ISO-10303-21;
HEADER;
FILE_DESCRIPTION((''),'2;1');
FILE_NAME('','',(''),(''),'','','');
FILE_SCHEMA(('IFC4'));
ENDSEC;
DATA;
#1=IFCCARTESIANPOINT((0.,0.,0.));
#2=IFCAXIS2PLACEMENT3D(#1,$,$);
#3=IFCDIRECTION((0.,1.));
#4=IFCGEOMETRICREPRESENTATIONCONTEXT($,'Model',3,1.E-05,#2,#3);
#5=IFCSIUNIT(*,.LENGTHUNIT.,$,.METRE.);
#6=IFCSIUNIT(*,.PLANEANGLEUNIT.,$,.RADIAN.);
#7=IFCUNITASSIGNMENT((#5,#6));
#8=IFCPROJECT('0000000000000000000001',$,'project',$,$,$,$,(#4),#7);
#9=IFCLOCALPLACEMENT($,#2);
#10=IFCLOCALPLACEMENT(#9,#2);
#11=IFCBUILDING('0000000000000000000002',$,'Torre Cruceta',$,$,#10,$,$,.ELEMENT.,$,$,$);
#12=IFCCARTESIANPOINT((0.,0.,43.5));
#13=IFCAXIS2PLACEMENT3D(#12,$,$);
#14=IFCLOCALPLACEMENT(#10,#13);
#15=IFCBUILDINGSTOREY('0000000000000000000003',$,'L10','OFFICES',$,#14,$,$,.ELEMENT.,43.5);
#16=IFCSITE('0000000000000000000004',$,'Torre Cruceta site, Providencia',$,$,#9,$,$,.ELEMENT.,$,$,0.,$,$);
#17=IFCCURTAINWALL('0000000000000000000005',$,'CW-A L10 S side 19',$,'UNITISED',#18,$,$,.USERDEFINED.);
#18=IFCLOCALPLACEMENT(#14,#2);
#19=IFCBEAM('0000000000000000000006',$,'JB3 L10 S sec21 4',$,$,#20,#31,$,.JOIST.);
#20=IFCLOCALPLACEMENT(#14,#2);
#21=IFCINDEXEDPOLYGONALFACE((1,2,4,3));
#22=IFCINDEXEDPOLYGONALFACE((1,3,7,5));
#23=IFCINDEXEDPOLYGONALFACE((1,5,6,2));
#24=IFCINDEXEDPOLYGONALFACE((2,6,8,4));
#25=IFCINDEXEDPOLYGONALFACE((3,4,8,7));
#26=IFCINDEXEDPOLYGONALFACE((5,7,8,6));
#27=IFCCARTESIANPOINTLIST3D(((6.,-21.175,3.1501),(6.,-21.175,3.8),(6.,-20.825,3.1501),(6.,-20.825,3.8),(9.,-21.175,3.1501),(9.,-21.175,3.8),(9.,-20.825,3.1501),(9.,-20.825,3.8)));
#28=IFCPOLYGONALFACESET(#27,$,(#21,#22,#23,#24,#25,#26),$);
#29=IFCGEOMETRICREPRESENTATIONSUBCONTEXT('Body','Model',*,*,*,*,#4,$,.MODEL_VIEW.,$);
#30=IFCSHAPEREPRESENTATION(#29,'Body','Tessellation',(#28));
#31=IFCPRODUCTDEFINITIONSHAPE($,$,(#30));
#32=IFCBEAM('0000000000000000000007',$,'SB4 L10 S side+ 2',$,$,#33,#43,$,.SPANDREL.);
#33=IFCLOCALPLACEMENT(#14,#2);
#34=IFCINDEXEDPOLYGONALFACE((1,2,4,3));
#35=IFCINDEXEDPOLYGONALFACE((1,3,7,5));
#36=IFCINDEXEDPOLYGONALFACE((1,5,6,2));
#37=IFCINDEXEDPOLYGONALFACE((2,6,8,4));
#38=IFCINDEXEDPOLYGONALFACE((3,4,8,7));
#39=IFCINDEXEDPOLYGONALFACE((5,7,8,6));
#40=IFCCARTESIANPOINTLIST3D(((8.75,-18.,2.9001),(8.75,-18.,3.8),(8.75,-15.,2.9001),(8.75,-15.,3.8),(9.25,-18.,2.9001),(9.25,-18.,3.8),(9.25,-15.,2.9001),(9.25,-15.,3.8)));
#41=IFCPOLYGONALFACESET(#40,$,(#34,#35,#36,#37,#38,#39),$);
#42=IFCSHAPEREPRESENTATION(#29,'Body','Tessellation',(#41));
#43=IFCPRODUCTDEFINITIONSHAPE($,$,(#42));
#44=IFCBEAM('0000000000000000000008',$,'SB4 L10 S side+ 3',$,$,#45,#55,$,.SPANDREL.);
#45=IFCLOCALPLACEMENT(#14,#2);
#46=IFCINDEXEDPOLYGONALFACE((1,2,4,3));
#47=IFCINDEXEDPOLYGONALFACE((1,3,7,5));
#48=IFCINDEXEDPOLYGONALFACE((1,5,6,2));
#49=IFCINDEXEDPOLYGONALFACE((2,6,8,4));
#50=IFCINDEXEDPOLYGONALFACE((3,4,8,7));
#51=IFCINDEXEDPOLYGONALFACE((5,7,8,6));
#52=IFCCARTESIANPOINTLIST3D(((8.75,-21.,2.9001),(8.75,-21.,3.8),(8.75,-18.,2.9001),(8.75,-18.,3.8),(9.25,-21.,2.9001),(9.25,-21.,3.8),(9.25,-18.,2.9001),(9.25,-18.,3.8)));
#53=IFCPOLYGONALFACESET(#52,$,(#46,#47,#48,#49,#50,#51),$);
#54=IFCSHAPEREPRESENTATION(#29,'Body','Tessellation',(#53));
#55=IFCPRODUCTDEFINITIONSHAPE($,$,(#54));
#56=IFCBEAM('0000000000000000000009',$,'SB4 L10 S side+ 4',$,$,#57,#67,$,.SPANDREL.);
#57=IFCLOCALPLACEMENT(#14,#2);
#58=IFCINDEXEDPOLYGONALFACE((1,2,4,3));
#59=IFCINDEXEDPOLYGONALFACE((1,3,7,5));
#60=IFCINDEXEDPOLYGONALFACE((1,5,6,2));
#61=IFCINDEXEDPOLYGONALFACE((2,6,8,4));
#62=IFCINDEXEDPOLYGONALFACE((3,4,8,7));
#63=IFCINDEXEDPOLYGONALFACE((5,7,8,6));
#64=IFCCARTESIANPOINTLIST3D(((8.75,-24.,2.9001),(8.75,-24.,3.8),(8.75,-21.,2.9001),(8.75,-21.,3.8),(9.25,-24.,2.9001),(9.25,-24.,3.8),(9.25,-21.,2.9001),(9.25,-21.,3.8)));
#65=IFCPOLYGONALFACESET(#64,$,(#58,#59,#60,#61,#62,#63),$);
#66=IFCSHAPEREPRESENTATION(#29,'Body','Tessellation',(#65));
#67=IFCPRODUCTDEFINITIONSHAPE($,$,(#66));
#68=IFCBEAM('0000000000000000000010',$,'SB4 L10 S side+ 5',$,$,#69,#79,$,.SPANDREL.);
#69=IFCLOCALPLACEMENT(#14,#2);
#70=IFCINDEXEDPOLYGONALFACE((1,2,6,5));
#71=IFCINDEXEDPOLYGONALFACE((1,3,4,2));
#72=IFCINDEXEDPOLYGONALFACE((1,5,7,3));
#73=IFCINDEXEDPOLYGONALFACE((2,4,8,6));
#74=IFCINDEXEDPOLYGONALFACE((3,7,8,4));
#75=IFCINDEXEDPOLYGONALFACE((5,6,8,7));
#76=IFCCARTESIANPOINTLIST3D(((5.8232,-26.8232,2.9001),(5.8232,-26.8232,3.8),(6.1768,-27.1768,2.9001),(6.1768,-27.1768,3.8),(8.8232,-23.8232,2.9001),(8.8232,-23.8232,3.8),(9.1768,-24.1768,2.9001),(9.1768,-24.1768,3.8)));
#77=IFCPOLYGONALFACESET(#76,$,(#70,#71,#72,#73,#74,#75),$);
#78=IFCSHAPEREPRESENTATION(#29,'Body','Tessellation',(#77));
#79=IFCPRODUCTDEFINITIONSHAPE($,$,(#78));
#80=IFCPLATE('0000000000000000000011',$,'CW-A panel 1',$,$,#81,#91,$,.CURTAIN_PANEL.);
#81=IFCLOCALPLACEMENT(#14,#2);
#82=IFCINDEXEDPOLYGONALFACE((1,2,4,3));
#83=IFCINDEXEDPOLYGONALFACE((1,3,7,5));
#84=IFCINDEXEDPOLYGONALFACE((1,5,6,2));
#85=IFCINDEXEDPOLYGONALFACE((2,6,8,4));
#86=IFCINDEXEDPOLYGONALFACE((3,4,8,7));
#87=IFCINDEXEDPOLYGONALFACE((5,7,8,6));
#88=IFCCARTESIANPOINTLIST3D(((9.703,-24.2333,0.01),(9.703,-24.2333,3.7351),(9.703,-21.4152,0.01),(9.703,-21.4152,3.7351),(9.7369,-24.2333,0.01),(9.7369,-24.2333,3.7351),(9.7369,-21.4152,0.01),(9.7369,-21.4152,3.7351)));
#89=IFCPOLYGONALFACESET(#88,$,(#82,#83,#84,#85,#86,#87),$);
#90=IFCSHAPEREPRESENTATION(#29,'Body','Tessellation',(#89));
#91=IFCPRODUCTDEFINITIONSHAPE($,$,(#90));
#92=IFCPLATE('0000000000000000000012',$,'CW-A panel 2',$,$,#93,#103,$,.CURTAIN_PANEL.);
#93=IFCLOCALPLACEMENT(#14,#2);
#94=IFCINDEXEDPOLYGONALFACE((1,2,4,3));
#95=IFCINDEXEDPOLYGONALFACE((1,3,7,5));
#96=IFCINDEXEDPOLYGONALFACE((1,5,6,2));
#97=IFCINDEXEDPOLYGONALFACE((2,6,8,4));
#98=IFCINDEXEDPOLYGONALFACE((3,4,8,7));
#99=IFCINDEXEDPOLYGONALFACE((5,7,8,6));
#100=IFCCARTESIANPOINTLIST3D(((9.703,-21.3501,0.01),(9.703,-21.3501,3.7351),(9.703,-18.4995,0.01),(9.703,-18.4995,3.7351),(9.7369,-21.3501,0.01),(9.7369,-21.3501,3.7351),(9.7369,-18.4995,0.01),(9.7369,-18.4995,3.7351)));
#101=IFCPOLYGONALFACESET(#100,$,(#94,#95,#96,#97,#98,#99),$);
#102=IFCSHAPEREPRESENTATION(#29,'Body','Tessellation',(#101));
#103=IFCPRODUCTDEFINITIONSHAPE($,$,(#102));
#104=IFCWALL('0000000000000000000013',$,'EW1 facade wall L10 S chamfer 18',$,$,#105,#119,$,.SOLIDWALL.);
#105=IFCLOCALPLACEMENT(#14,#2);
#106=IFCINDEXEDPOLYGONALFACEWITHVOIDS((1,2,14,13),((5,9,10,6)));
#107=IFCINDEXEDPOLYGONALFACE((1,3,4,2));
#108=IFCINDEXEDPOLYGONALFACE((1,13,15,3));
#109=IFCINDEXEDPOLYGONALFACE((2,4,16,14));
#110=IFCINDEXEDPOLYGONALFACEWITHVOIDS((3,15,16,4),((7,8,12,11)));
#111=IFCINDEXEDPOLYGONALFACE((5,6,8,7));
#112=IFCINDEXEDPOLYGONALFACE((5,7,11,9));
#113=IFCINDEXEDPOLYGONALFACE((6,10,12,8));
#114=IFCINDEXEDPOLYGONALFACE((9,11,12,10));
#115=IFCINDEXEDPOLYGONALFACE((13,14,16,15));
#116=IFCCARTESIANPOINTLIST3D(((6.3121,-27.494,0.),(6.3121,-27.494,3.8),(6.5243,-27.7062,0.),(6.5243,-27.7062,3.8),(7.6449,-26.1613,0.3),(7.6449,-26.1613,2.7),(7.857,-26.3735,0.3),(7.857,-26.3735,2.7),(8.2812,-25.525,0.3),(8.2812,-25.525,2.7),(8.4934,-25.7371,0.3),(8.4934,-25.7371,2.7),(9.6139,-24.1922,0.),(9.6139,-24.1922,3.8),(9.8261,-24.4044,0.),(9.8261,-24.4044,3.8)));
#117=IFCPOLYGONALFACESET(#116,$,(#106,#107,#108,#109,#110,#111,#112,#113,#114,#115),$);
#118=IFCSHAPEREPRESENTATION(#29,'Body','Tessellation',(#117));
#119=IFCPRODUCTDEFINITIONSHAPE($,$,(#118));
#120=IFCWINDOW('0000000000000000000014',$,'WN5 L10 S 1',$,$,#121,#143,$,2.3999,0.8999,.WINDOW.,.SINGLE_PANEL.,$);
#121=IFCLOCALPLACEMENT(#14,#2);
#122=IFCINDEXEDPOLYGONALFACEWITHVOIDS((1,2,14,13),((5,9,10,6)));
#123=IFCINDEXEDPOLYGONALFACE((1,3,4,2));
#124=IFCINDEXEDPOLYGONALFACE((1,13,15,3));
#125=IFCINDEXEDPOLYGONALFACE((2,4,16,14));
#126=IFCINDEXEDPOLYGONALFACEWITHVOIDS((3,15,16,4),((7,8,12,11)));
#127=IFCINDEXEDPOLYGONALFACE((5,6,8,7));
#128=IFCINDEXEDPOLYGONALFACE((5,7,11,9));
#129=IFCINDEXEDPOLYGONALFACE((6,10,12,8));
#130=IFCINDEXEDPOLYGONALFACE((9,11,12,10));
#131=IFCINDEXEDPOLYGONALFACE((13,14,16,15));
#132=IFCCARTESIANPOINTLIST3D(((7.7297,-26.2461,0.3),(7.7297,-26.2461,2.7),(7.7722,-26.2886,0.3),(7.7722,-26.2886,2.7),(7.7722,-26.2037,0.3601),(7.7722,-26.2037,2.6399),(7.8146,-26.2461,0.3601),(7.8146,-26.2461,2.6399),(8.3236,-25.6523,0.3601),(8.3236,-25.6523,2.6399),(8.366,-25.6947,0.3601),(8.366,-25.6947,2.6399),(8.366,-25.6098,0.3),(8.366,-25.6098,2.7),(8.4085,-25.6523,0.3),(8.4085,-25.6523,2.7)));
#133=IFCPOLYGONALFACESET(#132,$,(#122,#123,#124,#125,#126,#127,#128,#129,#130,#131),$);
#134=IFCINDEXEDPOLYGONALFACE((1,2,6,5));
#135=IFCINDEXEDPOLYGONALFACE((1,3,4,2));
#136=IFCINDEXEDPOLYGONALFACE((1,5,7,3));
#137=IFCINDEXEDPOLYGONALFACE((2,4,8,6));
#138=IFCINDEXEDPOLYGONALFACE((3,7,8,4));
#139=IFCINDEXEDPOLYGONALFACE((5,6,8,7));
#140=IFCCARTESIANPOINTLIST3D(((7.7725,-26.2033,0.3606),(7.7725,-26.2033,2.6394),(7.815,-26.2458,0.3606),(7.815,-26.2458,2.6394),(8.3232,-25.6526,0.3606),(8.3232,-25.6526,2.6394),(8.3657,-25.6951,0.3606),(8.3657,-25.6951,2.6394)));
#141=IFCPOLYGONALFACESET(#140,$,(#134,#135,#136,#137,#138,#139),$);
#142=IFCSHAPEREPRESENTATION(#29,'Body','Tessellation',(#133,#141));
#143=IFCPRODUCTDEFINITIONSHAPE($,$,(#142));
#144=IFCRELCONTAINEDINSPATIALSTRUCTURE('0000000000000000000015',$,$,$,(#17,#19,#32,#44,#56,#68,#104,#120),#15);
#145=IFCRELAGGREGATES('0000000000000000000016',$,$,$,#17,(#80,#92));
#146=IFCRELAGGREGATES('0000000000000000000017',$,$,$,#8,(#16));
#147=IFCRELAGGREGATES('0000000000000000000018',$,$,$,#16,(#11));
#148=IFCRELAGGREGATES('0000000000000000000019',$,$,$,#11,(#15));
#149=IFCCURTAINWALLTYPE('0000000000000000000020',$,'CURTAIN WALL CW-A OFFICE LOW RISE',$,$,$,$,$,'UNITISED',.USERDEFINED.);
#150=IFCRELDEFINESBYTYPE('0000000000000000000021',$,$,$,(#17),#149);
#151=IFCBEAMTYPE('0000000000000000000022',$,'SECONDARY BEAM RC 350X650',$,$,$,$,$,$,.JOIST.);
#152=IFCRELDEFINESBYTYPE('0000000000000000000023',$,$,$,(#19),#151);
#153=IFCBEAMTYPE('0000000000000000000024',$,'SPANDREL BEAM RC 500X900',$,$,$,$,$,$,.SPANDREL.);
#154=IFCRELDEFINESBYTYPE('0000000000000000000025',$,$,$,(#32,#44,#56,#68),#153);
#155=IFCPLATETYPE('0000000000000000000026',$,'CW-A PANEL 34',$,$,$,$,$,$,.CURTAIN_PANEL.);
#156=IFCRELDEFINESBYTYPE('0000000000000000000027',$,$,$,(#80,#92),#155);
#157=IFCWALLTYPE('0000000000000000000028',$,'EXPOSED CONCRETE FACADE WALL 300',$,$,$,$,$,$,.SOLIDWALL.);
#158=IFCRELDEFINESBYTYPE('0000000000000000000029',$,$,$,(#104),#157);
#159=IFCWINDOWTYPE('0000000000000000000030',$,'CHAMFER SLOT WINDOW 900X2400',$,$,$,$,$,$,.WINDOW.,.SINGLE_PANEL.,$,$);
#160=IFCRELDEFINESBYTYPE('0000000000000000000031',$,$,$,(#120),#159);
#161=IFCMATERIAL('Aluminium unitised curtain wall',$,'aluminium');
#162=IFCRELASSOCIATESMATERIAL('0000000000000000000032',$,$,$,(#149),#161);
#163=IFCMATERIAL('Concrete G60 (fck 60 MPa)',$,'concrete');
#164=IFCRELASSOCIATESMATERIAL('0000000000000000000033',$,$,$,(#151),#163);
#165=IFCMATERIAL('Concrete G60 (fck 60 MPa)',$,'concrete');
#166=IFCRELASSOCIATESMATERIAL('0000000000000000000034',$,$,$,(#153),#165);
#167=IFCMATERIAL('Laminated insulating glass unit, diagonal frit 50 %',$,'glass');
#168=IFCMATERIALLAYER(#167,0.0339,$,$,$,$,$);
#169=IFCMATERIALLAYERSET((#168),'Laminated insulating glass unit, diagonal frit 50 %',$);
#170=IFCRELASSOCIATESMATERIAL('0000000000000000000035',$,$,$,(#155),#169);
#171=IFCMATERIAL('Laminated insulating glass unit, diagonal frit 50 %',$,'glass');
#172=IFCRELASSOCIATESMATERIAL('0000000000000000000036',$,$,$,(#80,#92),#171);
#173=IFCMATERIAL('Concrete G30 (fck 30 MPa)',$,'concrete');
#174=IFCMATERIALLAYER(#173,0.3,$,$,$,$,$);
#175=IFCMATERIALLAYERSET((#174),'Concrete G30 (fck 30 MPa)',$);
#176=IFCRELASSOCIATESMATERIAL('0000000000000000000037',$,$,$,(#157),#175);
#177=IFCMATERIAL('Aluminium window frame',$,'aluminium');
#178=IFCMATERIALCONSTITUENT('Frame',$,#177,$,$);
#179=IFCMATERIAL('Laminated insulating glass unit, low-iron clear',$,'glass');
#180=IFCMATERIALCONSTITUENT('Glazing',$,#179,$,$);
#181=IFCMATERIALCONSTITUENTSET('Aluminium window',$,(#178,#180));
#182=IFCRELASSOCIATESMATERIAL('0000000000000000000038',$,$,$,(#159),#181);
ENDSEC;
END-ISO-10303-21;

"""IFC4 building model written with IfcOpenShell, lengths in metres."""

from ifc_helpers import new_model, si_unit, direction, frame, frame_2d, origin, origin_2d, place, context, subcontext, project, spatial, rectangle, hollow_rectangle, extrude, material, layer, layer_set, constituent, constituent_set, material_profile, profile_set, type_object, element, fill, aggregate, save


model = new_model("IFC4")

# Units and contexts
model_context = context("Model", 3, precision=1e-05, world=origin(), true_north=direction((0.0, 1.0)))
body_context = subcontext(model_context, "Body", "Model", "MODEL_VIEW")
ifc_project = project(units=[si_unit("LENGTHUNIT", "METRE"), si_unit("PLANEANGLEUNIT", "RADIAN")], contexts=[model_context])

# Site, building, storey
site_placement = place(None, origin())
site = spatial("IfcSite", under=ifc_project, at=site_placement, Name="Torre Cruceta site, Providencia", CompositionType="ELEMENT", RefElevation=0.0)
building_placement = place(site_placement, origin())
building = spatial("IfcBuilding", under=site, at=building_placement, Name="Torre Cruceta", CompositionType="ELEMENT")
storey_placement = place(building_placement, frame((0.0, 0.0, 43.5)))
storey = spatial("IfcBuildingStorey", under=building, at=storey_placement, Name="L10", Description="OFFICES", CompositionType="ELEMENT", Elevation=43.5)

# Curtain wall
ifc_material_1 = material(Name="Aluminium unitised curtain wall", Category="aluminium")
curtain_wall_type = type_object("IfcCurtainWallType", Name="CURTAIN WALL CW-A OFFICE LOW RISE", ElementType="UNITISED", PredefinedType="USERDEFINED", material=ifc_material_1)
curtain_wall_placement = place(storey_placement, origin())
curtain_wall = element("IfcCurtainWall", 1, at=curtain_wall_placement, inside=storey, type_object=curtain_wall_type, Name="CW-A L10 S side 19", ObjectType="UNITISED", PredefinedType="USERDEFINED")

# Beams
ifc_material_2 = material(Name="Concrete G60 (fck 60 MPa)", Category="concrete")
ifc_material_profile_1 = material_profile(ifc_material_2, rectangle(XDim=0.3501, YDim=0.6499, at=origin_2d()), Name="RC 350X650")
ifc_profile_set_1 = profile_set([ifc_material_profile_1], Name="Concrete G60 (fck 60 MPa)")
beam_type_1 = type_object("IfcBeamType", Name="SECONDARY BEAM RC 350X650", PredefinedType="JOIST", material=ifc_profile_set_1)
beam_1_placement = place(storey_placement, frame((6.0, -21.0, 3.4751), z_axis=(1.0, 0.0, 0.0), x_axis=(0.0, 1.0, 0.0)))
element("IfcBeam", 2, at=beam_1_placement, inside=storey, type_object=beam_type_1, Name="JB3 L10 S sec21 4", PredefinedType="JOIST", context=body_context, shape_type="SweptSolid", body=[
    extrude(rectangle(XDim=0.3501, YDim=0.6499, at=origin_2d()), origin(), (0.0, 0.0, 1.0), 3.0),
])
ifc_material_3 = material(Name="Concrete G60 (fck 60 MPa)", Category="concrete")
ifc_material_profile_2 = material_profile(ifc_material_3, rectangle(XDim=0.5, YDim=0.8999, at=origin_2d()), Name="RC 500X900")
ifc_profile_set_2 = profile_set([ifc_material_profile_2], Name="Concrete G60 (fck 60 MPa)")
beam_type_2 = type_object("IfcBeamType", Name="SPANDREL BEAM RC 500X900", PredefinedType="SPANDREL", material=ifc_profile_set_2)
for number, where, z_axis, x_axis, name in (
    (3, (9.0, -15.0, 3.3501), (0.0, -1.0, 0.0), (1.0, 0.0, 0.0), "SB4 L10 S side+ 2"),
    (4, (9.0, -18.0, 3.3501), (0.0, -1.0, 0.0), (1.0, 0.0, 0.0), "SB4 L10 S side+ 3"),
    (5, (9.0, -21.0, 3.3501), (0.0, -1.0, 0.0), (1.0, 0.0, 0.0), "SB4 L10 S side+ 4"),
):
    element("IfcBeam", number, at=place(storey_placement, frame(where, z_axis=z_axis, x_axis=x_axis)), inside=storey, type_object=beam_type_2, Name=name, PredefinedType="SPANDREL", context=body_context, shape_type="SweptSolid", body=[
        extrude(rectangle(XDim=0.5, YDim=0.8999, at=origin_2d()), origin(), (0.0, 0.0, 1.0), 3.0),
    ])
beam_2_placement = place(storey_placement, frame((9.0, -24.0, 3.3501), z_axis=(-0.707107, -0.707107, 0.0), x_axis=(0.707107, -0.707107, 0.0)))
element("IfcBeam", 6, at=beam_2_placement, inside=storey, type_object=beam_type_2, Name="SB4 L10 S side+ 5", PredefinedType="SPANDREL", context=body_context, shape_type="SweptSolid", body=[
    extrude(rectangle(XDim=0.5, YDim=0.8999, at=origin_2d()), origin(), (0.0, 0.0, 1.0), 4.2427),
])

# Plates
ifc_material_4 = material(Name="Laminated insulating glass unit, diagonal frit 50 %", Category="glass")
ifc_material_5 = material(Name="Laminated insulating glass unit, diagonal frit 50 %", Category="glass")
ifc_layer_1 = layer(ifc_material_5, 0.0339)
ifc_layer_set_1 = layer_set([ifc_layer_1], Name="Laminated insulating glass unit, diagonal frit 50 %")
plate_type = type_object("IfcPlateType", Name="CW-A PANEL 34", PredefinedType="CURTAIN_PANEL", material=ifc_layer_set_1)
plate_1_placement = place(storey_placement, frame((9.72, -22.8242, 0.01), z_axis=(0.0, 0.0, 1.0), x_axis=(0.0, 1.0, 0.0)))
plate_1 = element("IfcPlate", 7, at=plate_1_placement, type_object=plate_type, material=ifc_material_4, Name="CW-A panel 1", PredefinedType="CURTAIN_PANEL", context=body_context, shape_type="SweptSolid", body=[
    extrude(rectangle(XDim=2.8181, YDim=0.0339, at=origin_2d()), origin(), (0.0, 0.0, 1.0), 3.7251),
])
plate_2_placement = place(storey_placement, frame((9.72, -19.9248, 0.01), z_axis=(0.0, 0.0, 1.0), x_axis=(0.0, 1.0, 0.0)))
plate_2 = element("IfcPlate", 8, at=plate_2_placement, type_object=plate_type, material=ifc_material_4, Name="CW-A panel 2", PredefinedType="CURTAIN_PANEL", context=body_context, shape_type="SweptSolid", body=[
    extrude(rectangle(XDim=2.8506, YDim=0.0339, at=origin_2d()), origin(), (0.0, 0.0, 1.0), 3.7251),
])
aggregate(curtain_wall, [plate_1, plate_2])

# Wall, opening, window
ifc_material_6 = material(Name="Concrete G30 (fck 30 MPa)", Category="concrete")
ifc_layer_2 = layer(ifc_material_6, 0.3)
ifc_layer_set_2 = layer_set([ifc_layer_2], Name="Concrete G30 (fck 30 MPa)")
wall_type_1 = type_object("IfcWallType", Name="EXPOSED CONCRETE FACADE WALL 300", PredefinedType="SOLIDWALL", material=ifc_layer_set_2)
wall_1_placement = place(storey_placement, frame((6.4182, -27.6001, 0.0), z_axis=(0.0, 0.0, 1.0), x_axis=(0.707107, 0.707107, 0.0)))
wall_1 = element("IfcWall", 9, at=wall_1_placement, inside=storey, type_object=wall_type_1, Name="EW1 facade wall L10 S chamfer 18", PredefinedType="SOLIDWALL", context=body_context, shape_type="SweptSolid", body=[
    extrude(rectangle(XDim=4.6694, YDim=0.3, at=frame_2d((2.3347, 0.0))), origin(), (0.0, 0.0, 1.0), 3.8),
])
opening_1_placement = place(wall_1_placement, frame((1.8848, 0.0, 0.3)))
opening_1 = element("IfcOpeningElement", 10, at=opening_1_placement, cuts=wall_1, PredefinedType="OPENING", context=body_context, shape_type="SweptSolid", body=[
    extrude(rectangle(XDim=0.8999, YDim=2.3999, at=frame_2d((0.45, 1.2))), frame((0.0, 0.1599, 0.0), z_axis=(0.0, -1.0, 0.0), x_axis=(1.0, 0.0, 0.0)), (0.0, 0.0, 1.0), 0.3201),
])
ifc_material_7 = material(Name="Aluminium window frame", Category="aluminium")
ifc_constituent_1 = constituent(ifc_material_7, Name="Frame")
ifc_material_8 = material(Name="Laminated insulating glass unit, low-iron clear", Category="glass")
ifc_constituent_2 = constituent(ifc_material_8, Name="Glazing")
ifc_constituent_set_1 = constituent_set(constituents=[ifc_constituent_1, ifc_constituent_2], Name="Aluminium window")
window_type = type_object("IfcWindowType", Name="CHAMFER SLOT WINDOW 900X2400", PartitioningType="SINGLE_PANEL", PredefinedType="WINDOW", material=ifc_constituent_set_1)
window_placement = place(opening_1_placement, origin())
window = element("IfcWindow", 11, at=window_placement, inside=storey, type_object=window_type, Name="WN5 L10 S 1", OverallHeight=2.3999, OverallWidth=0.8999, PartitioningType="SINGLE_PANEL", PredefinedType="WINDOW", context=body_context, shape_type="SweptSolid", body=[
    extrude(hollow_rectangle(XDim=0.8999, YDim=2.3999, WallThickness=0.0601, at=frame_2d((0.45, 1.2))), frame((0.0, 0.03, 0.0), z_axis=(0.0, -1.0, 0.0), x_axis=(1.0, 0.0, 0.0)), (0.0, 0.0, 1.0), 0.0601),
    extrude(rectangle(XDim=0.7788, YDim=2.2788, at=frame_2d((0.45, 1.2))), frame((0.0, 0.03, 0.0), z_axis=(0.0, -1.0, 0.0), x_axis=(1.0, 0.0, 0.0)), (0.0, 0.0, 1.0), 0.0601),
])
fill(opening_1, window)

save(model, "model.ifc")
